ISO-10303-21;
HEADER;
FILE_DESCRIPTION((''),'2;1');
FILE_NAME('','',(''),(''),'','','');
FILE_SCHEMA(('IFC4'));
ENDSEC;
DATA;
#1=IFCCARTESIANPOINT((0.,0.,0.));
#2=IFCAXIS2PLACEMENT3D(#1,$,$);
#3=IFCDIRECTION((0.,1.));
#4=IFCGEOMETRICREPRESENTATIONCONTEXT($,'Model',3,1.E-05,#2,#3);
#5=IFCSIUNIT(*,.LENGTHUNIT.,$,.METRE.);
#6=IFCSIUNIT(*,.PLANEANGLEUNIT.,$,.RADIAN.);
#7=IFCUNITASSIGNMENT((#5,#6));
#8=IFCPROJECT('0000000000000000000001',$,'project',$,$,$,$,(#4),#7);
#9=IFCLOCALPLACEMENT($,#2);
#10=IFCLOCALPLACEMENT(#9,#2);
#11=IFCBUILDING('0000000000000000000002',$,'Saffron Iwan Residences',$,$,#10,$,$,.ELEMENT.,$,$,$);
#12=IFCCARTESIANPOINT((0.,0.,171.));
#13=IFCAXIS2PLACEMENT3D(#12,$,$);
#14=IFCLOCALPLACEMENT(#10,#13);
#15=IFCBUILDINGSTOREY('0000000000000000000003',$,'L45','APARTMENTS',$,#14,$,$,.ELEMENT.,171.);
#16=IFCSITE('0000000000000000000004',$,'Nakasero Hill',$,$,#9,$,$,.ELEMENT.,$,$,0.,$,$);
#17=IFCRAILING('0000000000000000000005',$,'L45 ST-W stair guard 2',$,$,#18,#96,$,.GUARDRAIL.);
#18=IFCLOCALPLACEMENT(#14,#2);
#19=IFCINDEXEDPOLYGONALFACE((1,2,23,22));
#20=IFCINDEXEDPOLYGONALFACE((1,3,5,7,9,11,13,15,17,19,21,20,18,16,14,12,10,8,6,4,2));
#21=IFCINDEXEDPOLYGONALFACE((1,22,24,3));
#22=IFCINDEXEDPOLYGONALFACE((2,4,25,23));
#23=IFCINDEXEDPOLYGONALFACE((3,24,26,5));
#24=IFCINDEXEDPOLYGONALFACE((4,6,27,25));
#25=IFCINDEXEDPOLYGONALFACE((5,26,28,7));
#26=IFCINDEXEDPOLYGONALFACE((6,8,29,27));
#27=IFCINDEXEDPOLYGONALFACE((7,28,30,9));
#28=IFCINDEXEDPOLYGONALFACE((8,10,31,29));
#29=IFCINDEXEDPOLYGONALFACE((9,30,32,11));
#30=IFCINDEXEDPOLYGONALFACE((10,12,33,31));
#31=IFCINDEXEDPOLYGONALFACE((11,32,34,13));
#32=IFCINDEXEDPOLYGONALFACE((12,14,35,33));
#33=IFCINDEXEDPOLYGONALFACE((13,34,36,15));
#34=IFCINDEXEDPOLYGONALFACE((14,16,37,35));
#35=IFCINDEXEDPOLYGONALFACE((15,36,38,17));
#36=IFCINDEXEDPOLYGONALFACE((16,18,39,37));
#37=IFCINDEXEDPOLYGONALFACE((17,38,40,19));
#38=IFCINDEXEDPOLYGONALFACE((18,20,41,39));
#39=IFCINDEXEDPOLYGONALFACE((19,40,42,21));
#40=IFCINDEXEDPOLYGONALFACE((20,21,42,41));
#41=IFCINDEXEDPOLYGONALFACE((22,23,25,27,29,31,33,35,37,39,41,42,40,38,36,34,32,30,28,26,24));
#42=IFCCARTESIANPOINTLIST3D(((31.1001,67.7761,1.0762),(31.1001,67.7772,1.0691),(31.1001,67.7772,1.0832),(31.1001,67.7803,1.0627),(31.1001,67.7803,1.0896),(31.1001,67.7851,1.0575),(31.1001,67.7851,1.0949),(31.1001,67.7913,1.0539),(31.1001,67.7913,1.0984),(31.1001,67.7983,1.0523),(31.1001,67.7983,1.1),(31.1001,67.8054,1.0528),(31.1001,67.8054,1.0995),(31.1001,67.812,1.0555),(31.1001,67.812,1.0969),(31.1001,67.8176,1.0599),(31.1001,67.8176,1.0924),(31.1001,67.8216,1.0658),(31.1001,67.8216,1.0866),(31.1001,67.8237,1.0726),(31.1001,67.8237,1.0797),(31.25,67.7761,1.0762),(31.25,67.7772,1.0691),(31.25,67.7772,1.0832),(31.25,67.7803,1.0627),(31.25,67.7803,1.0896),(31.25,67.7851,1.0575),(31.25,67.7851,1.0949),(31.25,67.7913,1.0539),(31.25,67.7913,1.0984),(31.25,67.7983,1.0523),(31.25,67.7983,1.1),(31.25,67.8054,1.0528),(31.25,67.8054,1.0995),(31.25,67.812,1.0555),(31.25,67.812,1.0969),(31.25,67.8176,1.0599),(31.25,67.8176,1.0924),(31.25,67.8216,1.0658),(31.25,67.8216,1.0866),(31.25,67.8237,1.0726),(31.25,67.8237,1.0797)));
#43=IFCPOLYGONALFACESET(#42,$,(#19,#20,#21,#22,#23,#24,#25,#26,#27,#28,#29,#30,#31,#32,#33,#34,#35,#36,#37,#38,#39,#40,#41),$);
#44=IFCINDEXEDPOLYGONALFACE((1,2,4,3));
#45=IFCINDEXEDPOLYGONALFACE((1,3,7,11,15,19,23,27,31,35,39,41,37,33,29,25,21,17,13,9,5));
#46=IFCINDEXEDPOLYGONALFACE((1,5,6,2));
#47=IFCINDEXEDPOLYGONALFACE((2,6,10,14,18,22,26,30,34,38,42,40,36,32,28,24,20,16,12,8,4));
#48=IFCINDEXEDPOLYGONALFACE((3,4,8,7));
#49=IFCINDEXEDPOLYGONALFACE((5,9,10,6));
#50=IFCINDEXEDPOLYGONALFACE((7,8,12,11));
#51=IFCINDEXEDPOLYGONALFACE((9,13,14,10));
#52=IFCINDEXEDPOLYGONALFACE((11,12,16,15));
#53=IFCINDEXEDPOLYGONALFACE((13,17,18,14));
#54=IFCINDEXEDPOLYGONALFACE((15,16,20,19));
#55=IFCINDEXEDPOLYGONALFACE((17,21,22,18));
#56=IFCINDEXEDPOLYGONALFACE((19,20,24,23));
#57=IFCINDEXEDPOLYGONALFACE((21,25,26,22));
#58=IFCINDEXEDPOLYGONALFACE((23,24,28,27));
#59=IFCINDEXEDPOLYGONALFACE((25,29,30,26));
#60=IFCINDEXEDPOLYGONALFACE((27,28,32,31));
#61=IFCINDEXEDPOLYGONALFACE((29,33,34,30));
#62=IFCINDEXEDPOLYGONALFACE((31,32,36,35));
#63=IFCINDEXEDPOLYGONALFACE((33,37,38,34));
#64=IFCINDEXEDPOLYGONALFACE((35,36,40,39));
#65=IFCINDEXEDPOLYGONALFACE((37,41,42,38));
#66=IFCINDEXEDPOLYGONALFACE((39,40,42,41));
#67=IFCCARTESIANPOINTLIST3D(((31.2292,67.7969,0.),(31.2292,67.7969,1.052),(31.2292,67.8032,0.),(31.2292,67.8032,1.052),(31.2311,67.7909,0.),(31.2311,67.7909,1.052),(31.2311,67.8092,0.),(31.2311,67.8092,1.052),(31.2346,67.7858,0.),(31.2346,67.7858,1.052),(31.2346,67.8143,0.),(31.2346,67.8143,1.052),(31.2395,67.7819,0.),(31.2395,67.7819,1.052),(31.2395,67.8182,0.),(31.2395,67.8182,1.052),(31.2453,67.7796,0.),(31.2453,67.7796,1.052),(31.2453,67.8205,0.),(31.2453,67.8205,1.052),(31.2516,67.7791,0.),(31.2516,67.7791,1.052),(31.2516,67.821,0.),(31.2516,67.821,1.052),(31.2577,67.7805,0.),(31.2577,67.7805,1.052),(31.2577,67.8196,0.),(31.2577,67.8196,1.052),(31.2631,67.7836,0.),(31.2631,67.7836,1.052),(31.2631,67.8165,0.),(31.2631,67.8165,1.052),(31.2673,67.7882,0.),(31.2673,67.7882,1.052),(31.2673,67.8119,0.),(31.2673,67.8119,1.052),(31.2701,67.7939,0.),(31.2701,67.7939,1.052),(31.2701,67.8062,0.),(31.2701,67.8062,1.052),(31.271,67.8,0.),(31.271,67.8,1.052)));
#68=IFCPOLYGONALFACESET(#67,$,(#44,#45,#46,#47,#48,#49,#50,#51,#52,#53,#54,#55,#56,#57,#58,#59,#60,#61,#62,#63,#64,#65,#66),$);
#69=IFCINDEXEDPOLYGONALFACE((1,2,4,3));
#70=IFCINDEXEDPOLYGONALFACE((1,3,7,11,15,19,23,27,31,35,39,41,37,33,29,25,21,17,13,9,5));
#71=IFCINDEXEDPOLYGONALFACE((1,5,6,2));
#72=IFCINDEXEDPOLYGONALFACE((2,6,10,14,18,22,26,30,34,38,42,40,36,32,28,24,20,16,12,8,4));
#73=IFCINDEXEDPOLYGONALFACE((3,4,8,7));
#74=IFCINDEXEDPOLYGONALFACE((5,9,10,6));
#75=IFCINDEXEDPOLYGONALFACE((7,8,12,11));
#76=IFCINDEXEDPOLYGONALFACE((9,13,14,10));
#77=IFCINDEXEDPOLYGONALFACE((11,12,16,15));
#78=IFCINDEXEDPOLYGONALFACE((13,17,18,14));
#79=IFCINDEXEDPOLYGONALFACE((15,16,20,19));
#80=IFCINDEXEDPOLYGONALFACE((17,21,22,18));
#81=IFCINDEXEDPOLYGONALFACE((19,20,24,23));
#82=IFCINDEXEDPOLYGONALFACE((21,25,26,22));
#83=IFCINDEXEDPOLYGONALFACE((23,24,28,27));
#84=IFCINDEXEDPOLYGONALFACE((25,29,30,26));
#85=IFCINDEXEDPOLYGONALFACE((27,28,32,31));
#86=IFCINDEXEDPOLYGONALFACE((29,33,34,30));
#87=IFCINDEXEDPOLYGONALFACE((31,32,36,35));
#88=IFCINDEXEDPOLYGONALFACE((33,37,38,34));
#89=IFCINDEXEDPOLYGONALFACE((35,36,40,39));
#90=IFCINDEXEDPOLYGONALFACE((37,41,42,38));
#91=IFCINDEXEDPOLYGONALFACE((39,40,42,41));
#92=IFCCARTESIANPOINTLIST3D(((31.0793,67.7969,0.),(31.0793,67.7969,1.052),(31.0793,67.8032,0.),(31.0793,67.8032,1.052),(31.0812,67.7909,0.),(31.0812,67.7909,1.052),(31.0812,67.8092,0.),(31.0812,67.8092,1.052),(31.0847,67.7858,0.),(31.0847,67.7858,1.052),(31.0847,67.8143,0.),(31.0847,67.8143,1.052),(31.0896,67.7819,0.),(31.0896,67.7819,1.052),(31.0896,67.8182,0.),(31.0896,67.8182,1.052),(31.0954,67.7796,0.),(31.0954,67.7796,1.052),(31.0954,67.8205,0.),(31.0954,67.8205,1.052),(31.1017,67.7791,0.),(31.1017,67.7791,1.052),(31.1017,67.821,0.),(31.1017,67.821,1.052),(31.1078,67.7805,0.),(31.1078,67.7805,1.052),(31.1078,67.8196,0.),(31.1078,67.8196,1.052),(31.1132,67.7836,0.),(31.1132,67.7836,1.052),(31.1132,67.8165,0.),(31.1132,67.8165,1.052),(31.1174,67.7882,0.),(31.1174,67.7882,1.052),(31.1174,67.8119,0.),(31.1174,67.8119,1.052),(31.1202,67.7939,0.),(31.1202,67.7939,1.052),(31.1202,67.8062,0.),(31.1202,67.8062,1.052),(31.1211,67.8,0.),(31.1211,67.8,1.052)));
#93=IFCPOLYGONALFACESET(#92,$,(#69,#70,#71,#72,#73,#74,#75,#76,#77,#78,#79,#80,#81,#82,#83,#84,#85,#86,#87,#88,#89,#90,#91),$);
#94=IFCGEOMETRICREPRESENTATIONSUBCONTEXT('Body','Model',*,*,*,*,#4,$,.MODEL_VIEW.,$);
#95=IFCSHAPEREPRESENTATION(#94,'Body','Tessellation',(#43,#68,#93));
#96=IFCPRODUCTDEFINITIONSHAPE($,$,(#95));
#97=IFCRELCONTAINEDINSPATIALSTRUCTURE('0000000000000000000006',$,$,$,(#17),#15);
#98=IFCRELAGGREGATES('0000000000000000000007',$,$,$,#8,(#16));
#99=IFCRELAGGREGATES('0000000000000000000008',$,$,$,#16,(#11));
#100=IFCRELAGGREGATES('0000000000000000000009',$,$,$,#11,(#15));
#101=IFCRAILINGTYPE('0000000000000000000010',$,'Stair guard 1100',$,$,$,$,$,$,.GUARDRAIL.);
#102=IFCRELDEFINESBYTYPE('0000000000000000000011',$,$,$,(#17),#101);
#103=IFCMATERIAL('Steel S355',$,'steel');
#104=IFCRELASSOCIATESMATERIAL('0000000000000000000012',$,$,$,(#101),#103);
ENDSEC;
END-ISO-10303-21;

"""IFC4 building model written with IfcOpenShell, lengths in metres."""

from ifc_helpers import new_model, si_unit, direction, frame, origin, origin_2d, place, context, subcontext, project, spatial, circle, extrude, material, type_object, element, save


model = new_model("IFC4")

# Units and contexts
model_context = context("Model", 3, precision=1e-05, world=origin(), true_north=direction((0.0, 1.0)))
body_context = subcontext(model_context, "Body", "Model", "MODEL_VIEW")
ifc_project = project(units=[si_unit("LENGTHUNIT", "METRE"), si_unit("PLANEANGLEUNIT", "RADIAN")], contexts=[model_context])

# Site, building, storey
site_placement = place(None, origin())
site = spatial("IfcSite", under=ifc_project, at=site_placement, Name="Nakasero Hill", CompositionType="ELEMENT", RefElevation=0.0)
building_placement = place(site_placement, origin())
building = spatial("IfcBuilding", under=site, at=building_placement, Name="Saffron Iwan Residences", CompositionType="ELEMENT")
storey_placement = place(building_placement, frame((0.0, 0.0, 171.0)))
storey = spatial("IfcBuildingStorey", under=building, at=storey_placement, Name="L45", Description="APARTMENTS", CompositionType="ELEMENT", Elevation=171.0)

# Railing
ifc_material_1 = material(Name="Steel S355", Category="steel")
railing_type_1 = type_object("IfcRailingType", Name="Stair guard 1100", PredefinedType="GUARDRAIL", material=ifc_material_1)
railing_1_placement = place(storey_placement, frame((31.25, 67.8, 0.0)))
element("IfcRailing", 1, at=railing_1_placement, inside=storey, type_object=railing_type_1, Name="L45 ST-W stair guard 2", PredefinedType="GUARDRAIL", context=body_context, shape_type="SweptSolid", body=[
    extrude(circle(Radius=0.0239, at=origin_2d()), frame((0.0, 0.0, 1.0762), z_axis=(-1.0, 0.0, 0.0), x_axis=(0.0, -1.0, 0.0)), (0.0, 0.0, 1.0), 0.1499),
    extrude(circle(Radius=0.021, at=origin_2d()), origin(), (0.0, 0.0, 1.0), 1.052),
    extrude(circle(Radius=0.021, at=origin_2d()), frame((-0.1499, 0.0, 0.0)), (0.0, 0.0, 1.0), 1.052),
])

save(model, "model.ifc")
